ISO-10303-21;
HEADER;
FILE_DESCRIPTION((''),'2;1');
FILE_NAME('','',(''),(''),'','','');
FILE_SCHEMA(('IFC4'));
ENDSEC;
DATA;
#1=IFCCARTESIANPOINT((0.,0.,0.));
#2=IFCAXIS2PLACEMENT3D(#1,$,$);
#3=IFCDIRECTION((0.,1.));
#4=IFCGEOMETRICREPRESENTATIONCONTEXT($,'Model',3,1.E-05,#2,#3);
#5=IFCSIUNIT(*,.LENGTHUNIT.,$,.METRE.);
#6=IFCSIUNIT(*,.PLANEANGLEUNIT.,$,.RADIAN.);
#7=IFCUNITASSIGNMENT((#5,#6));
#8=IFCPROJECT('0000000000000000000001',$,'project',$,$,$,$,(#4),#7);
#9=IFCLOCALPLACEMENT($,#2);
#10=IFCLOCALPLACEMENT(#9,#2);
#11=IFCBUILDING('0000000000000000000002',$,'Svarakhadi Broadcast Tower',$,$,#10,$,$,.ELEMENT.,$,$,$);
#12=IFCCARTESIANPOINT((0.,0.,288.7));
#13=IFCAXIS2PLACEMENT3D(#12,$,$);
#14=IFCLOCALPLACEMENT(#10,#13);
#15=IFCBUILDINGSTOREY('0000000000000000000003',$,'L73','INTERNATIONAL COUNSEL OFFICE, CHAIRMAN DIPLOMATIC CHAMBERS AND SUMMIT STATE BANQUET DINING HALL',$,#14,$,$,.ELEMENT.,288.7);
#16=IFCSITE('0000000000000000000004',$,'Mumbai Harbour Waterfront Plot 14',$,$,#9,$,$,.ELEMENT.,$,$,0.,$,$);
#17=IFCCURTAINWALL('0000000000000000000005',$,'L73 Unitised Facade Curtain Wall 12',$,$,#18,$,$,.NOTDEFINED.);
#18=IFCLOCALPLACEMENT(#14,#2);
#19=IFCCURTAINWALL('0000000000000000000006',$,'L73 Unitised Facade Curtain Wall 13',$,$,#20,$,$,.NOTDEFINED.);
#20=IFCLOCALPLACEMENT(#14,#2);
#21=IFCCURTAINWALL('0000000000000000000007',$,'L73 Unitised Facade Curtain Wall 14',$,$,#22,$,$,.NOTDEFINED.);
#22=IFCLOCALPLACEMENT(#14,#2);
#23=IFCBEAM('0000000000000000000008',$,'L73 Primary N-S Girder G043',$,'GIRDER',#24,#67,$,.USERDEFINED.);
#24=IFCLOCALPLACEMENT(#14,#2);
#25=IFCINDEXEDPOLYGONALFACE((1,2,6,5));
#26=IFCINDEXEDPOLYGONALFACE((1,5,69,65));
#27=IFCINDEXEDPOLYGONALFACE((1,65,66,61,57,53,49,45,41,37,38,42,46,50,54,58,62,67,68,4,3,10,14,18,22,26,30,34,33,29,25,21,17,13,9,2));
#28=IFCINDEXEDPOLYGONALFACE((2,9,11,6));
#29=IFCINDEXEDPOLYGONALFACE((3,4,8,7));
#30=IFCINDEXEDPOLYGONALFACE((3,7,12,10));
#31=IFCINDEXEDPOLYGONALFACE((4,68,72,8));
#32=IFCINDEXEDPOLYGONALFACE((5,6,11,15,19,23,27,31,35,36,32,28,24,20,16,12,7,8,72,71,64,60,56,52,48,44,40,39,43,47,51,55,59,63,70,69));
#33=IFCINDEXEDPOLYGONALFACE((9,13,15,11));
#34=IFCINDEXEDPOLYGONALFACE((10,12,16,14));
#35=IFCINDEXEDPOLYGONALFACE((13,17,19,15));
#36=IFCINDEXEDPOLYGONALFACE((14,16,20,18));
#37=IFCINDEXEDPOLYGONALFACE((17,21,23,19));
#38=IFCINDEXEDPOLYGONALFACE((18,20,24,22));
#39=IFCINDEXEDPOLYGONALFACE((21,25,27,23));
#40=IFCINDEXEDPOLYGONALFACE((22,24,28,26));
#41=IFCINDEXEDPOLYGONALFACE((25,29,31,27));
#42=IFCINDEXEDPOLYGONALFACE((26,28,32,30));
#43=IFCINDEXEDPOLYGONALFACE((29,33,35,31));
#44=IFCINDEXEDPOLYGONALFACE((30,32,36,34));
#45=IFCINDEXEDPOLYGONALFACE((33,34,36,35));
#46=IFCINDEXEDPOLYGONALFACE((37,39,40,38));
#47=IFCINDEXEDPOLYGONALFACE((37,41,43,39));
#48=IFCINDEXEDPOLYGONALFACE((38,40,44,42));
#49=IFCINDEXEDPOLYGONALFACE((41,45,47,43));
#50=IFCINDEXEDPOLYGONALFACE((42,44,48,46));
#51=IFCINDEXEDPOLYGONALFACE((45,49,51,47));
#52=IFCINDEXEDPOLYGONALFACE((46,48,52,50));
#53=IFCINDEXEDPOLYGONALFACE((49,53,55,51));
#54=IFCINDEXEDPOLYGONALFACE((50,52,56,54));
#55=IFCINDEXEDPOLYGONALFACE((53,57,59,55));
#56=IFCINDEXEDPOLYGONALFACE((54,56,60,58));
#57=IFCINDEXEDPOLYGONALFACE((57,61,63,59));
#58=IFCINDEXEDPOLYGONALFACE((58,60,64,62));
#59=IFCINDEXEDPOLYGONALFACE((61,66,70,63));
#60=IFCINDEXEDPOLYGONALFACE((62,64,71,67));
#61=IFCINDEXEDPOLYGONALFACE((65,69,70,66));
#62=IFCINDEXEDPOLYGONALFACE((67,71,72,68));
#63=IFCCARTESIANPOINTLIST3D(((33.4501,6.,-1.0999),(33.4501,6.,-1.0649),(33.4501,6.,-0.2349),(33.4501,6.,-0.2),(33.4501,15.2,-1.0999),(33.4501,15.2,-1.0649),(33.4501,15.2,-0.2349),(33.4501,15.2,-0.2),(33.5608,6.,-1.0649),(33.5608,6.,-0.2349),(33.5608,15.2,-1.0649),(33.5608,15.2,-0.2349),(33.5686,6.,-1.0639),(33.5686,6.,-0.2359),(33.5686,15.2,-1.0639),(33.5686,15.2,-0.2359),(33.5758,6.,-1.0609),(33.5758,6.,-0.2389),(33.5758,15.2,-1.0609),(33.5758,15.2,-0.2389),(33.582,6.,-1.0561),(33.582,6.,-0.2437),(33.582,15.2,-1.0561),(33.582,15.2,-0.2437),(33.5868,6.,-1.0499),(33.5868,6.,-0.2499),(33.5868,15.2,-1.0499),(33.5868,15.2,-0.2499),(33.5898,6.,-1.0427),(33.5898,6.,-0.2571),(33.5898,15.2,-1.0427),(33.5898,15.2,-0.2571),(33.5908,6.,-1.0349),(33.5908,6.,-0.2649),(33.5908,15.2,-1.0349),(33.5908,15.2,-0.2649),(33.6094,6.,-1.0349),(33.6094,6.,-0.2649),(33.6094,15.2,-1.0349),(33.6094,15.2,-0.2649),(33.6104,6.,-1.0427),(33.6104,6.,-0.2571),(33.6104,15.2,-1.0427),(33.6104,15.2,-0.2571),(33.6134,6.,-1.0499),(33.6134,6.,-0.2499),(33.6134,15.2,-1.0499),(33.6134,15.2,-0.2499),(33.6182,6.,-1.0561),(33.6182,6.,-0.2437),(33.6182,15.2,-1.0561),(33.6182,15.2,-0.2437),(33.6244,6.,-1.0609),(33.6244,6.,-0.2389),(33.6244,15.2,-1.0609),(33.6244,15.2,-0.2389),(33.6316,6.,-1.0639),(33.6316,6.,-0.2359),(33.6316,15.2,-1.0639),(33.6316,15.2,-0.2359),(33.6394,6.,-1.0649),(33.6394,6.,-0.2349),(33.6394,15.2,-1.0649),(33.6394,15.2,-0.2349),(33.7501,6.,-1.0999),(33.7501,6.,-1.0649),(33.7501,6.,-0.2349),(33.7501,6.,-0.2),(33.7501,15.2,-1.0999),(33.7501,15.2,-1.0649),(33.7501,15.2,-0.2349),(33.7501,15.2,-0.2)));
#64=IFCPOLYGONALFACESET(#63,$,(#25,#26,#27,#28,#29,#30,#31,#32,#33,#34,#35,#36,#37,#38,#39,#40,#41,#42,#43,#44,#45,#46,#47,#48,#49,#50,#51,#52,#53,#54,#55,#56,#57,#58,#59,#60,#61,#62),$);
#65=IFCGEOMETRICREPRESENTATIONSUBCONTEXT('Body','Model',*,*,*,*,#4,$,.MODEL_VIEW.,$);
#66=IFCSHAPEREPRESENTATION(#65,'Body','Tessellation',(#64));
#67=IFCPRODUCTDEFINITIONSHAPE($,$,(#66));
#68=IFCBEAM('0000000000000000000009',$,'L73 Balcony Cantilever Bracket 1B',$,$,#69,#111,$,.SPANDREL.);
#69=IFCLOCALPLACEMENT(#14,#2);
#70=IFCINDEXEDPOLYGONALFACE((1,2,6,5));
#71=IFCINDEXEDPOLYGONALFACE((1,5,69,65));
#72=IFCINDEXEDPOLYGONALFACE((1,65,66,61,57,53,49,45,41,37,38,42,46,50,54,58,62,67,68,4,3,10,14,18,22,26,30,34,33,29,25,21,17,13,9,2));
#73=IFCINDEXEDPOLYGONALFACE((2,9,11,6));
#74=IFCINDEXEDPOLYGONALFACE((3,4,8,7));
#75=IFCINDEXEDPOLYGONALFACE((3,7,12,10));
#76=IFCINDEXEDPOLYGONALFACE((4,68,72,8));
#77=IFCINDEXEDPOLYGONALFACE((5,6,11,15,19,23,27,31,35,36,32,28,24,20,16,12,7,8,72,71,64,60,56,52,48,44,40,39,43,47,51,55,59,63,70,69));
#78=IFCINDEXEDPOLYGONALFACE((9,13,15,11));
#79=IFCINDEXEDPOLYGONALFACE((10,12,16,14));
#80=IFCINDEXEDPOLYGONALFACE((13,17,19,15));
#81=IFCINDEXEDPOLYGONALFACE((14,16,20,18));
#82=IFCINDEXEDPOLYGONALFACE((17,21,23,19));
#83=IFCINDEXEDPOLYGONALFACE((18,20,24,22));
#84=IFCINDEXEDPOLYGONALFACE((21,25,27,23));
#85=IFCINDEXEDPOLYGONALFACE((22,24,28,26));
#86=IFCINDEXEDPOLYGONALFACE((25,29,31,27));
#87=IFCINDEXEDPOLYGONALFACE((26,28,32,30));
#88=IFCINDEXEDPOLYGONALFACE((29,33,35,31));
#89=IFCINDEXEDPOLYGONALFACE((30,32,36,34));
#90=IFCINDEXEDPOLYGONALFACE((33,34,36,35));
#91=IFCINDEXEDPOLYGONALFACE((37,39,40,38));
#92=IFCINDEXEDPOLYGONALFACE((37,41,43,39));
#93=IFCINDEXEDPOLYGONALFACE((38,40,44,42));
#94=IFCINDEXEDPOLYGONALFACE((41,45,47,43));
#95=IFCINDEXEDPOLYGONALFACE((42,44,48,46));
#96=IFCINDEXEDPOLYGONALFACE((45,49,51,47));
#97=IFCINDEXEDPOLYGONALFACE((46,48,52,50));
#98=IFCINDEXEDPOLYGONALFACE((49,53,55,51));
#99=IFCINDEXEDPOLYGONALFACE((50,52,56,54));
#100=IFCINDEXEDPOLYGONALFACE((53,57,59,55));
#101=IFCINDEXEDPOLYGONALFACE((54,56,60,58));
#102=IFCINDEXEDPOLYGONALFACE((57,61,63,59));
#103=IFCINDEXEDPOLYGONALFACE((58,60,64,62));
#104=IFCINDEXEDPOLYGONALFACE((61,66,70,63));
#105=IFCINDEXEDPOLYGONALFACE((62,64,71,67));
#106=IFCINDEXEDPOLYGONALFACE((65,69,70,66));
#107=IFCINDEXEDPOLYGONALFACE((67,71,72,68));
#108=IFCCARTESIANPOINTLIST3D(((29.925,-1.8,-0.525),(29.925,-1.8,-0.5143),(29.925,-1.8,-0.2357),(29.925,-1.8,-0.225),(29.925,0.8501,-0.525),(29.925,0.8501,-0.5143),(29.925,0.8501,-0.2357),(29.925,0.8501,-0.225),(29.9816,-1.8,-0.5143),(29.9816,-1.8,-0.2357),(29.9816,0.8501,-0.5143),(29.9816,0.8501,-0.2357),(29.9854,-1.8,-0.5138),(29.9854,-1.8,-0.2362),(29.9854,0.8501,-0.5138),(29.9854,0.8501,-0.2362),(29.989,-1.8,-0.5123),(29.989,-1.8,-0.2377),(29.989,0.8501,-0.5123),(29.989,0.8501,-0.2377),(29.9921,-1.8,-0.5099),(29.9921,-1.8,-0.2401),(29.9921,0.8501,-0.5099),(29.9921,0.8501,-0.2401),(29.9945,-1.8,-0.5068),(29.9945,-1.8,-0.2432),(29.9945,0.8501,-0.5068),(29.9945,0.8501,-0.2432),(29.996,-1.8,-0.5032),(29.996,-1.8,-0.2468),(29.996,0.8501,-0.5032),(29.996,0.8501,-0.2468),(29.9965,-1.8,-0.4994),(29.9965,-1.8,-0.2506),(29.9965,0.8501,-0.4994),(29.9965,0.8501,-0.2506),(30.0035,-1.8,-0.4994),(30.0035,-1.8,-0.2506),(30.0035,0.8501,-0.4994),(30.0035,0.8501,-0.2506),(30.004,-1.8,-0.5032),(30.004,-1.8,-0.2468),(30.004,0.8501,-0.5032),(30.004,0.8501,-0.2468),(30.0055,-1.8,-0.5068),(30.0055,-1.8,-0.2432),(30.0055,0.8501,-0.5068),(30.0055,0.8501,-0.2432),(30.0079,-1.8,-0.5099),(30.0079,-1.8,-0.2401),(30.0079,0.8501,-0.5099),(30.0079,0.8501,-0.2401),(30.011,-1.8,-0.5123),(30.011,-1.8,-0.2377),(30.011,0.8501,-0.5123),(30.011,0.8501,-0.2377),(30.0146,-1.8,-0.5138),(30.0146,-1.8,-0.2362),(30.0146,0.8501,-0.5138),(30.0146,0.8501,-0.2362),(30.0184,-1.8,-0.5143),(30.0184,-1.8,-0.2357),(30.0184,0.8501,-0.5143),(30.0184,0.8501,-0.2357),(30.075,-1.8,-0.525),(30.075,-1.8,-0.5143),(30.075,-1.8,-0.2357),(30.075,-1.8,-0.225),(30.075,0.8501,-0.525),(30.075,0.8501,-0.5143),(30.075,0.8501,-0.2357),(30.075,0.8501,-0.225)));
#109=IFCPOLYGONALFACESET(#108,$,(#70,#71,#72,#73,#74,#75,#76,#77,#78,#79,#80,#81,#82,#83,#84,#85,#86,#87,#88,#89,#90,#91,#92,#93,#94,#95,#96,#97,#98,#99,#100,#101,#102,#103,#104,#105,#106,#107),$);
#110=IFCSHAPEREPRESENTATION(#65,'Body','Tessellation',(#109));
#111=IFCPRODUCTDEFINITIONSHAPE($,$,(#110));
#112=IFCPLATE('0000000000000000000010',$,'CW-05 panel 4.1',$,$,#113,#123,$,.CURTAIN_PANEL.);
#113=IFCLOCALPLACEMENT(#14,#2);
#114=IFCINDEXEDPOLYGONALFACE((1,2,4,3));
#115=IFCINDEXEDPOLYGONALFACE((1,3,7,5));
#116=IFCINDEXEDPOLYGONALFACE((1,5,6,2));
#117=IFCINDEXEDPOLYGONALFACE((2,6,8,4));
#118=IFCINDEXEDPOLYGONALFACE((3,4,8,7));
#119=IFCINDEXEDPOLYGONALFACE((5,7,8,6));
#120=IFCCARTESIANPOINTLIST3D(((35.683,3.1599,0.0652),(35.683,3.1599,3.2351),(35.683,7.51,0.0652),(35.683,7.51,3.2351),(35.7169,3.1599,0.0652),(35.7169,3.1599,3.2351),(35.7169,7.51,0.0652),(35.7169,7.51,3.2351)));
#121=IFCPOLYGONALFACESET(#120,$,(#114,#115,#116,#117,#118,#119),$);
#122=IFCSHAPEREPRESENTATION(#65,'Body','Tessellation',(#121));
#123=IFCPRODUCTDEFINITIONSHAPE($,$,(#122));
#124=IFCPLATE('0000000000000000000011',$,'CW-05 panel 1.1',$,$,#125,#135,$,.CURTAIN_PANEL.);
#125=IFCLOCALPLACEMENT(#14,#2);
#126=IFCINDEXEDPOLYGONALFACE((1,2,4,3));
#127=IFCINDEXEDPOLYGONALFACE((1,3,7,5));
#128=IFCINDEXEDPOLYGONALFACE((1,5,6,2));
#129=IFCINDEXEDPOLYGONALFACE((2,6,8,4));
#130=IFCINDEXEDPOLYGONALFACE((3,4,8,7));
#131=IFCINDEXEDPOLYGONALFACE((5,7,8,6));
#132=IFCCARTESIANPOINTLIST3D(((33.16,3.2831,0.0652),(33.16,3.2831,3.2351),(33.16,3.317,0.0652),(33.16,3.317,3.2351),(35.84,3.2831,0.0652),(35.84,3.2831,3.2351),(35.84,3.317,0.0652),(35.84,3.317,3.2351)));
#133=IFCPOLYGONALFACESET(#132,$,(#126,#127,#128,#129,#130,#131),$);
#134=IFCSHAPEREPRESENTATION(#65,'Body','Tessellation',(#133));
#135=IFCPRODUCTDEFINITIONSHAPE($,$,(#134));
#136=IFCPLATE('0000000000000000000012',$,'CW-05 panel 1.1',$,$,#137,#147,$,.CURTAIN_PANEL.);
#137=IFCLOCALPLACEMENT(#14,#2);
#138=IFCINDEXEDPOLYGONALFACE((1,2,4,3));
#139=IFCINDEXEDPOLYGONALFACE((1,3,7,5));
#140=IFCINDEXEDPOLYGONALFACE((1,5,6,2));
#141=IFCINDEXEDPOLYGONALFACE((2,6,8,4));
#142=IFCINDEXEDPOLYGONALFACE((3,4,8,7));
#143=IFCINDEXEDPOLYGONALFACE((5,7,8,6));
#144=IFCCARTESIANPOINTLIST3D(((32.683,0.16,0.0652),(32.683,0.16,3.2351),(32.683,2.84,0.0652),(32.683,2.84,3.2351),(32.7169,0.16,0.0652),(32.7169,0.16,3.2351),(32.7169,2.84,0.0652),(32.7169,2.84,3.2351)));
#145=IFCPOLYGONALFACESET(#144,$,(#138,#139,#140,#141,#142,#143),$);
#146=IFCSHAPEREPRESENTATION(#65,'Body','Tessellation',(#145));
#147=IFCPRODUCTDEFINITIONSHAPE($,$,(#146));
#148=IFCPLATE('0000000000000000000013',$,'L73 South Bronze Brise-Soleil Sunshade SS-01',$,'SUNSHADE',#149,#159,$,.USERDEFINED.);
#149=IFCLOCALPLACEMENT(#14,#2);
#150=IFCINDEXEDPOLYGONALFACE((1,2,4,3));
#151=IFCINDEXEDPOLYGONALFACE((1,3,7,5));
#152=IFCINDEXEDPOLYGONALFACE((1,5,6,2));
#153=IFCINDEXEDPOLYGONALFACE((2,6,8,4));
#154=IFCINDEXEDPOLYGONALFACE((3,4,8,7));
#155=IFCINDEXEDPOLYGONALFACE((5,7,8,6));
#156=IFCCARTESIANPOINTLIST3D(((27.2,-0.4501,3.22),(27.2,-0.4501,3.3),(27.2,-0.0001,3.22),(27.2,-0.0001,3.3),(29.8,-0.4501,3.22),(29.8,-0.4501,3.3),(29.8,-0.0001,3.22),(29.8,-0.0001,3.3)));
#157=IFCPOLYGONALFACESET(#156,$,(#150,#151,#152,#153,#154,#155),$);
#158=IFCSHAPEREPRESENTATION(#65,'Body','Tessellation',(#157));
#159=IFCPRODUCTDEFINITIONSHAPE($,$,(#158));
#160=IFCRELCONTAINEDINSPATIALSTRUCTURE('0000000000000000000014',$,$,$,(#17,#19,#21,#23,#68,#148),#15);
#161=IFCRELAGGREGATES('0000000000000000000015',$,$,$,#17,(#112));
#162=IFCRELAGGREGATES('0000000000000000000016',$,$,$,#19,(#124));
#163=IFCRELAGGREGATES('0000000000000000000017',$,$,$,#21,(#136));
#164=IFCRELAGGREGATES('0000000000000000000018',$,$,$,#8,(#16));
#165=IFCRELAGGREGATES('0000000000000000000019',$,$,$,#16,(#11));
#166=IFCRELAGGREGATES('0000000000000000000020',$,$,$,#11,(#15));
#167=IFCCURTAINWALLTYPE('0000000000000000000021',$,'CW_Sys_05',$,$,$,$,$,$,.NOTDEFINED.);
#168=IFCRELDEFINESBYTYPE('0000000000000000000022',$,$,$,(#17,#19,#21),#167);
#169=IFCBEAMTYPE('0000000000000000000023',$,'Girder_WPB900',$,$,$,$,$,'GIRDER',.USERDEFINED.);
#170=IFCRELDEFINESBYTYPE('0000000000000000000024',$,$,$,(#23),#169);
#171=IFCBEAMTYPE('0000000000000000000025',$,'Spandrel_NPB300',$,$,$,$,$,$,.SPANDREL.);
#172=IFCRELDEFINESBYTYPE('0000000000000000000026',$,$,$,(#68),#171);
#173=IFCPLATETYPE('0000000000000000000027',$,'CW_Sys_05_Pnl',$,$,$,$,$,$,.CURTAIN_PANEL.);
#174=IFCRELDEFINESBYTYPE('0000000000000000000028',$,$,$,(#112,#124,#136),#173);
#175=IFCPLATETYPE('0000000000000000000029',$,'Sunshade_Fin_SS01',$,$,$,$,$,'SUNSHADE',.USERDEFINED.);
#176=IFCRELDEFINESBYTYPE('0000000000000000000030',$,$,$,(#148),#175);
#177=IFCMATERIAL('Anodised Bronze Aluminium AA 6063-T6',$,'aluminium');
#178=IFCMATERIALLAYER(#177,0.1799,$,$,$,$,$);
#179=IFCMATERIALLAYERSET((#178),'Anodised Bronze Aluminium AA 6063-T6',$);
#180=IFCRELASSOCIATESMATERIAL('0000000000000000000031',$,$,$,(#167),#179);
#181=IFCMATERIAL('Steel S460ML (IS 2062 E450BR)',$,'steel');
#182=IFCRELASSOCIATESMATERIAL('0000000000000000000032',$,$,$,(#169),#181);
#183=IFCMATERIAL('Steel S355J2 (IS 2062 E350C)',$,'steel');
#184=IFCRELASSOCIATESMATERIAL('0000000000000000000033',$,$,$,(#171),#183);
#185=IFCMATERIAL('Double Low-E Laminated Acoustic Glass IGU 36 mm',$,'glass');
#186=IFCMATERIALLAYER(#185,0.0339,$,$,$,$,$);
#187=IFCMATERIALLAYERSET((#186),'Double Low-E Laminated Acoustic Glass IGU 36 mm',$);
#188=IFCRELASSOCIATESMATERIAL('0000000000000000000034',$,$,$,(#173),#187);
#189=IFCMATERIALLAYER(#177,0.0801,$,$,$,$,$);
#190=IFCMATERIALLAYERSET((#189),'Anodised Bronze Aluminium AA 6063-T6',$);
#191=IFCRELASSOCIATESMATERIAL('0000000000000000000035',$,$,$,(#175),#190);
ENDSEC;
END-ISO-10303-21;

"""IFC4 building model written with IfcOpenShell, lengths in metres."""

from ifc_helpers import new_model, si_unit, direction, frame, origin, origin_2d, place, context, subcontext, project, spatial, rectangle, i_section, extrude, material, layer, layer_set, material_profile, profile_set, type_object, element, aggregate, save


model = new_model("IFC4")

# Units and contexts
model_context = context("Model", 3, precision=1e-05, world=origin(), true_north=direction((0.0, 1.0)))
body_context = subcontext(model_context, "Body", "Model", "MODEL_VIEW")
ifc_project = project(units=[si_unit("LENGTHUNIT", "METRE"), si_unit("PLANEANGLEUNIT", "RADIAN")], contexts=[model_context])

# Site, building, storey
site_placement = place(None, origin())
site = spatial("IfcSite", under=ifc_project, at=site_placement, Name="Mumbai Harbour Waterfront Plot 14", CompositionType="ELEMENT", RefElevation=0.0)
building_placement = place(site_placement, origin())
building = spatial("IfcBuilding", under=site, at=building_placement, Name="Svarakhadi Broadcast Tower", CompositionType="ELEMENT")
storey_placement = place(building_placement, frame((0.0, 0.0, 288.7)))
storey = spatial("IfcBuildingStorey", under=building, at=storey_placement, Name="L73", Description="INTERNATIONAL COUNSEL OFFICE, CHAIRMAN DIPLOMATIC CHAMBERS AND SUMMIT STATE BANQUET DINING HALL", CompositionType="ELEMENT", Elevation=288.7)

# Shared definitions
ifc_material_1 = material(Name="Steel S460ML (IS 2062 E450BR)", Category="steel")

# Curtain wall
ifc_material_2 = material(Name="Anodised Bronze Aluminium AA 6063-T6", Category="aluminium")
ifc_layer_1 = layer(ifc_material_2, 0.1799)
ifc_layer_set_1 = layer_set([ifc_layer_1], Name="Anodised Bronze Aluminium AA 6063-T6")
curtain_wall_type = type_object("IfcCurtainWallType", Name="CW_Sys_05", PredefinedType="NOTDEFINED", material=ifc_layer_set_1)
curtain_wall_1_placement = place(storey_placement, origin())
curtain_wall_1 = element("IfcCurtainWall", 1, at=curtain_wall_1_placement, inside=storey, type_object=curtain_wall_type, Name="L73 Unitised Facade Curtain Wall 12", PredefinedType="NOTDEFINED")

# Curtain walls
curtain_wall_2_placement = place(storey_placement, origin())
curtain_wall_2 = element("IfcCurtainWall", 2, at=curtain_wall_2_placement, inside=storey, type_object=curtain_wall_type, Name="L73 Unitised Facade Curtain Wall 13", PredefinedType="NOTDEFINED")
curtain_wall_3_placement = place(storey_placement, origin())
curtain_wall_3 = element("IfcCurtainWall", 3, at=curtain_wall_3_placement, inside=storey, type_object=curtain_wall_type, Name="L73 Unitised Facade Curtain Wall 14", PredefinedType="NOTDEFINED")

# Beams
ifc_material_3 = material(Name="Steel S355J2 (IS 2062 E350C)", Category="steel")
ifc_material_profile_1 = material_profile(ifc_material_1, i_section(OverallWidth=0.3, OverallDepth=0.8999, WebThickness=0.0186, FlangeThickness=0.0349, FilletRadius=0.03, at=origin_2d()), Name="WPB 900x300x291")
ifc_profile_set_1 = profile_set([ifc_material_profile_1], Name="Steel S460ML (IS 2062 E450BR)")
beam_type_1 = type_object("IfcBeamType", Name="Girder_WPB900", ElementType="GIRDER", PredefinedType="USERDEFINED", material=ifc_profile_set_1)
beam_1_placement = place(storey_placement, frame((33.6001, 6.0, -0.6499), z_axis=(0.0, 1.0, 0.0), x_axis=(-1.0, 0.0, 0.0)))
element("IfcBeam", 4, at=beam_1_placement, inside=storey, type_object=beam_type_1, Name="L73 Primary N-S Girder G043", ObjectType="GIRDER", PredefinedType="USERDEFINED", context=body_context, shape_type="SweptSolid", body=[
    extrude(i_section(OverallWidth=0.3, OverallDepth=0.8999, WebThickness=0.0186, FlangeThickness=0.0349, FilletRadius=0.03, at=origin_2d()), origin(), (0.0, 0.0, 1.0), 9.2),
])
ifc_material_profile_2 = material_profile(ifc_material_3, i_section(OverallWidth=0.1499, OverallDepth=0.3, WebThickness=0.0071, FlangeThickness=0.0107, FilletRadius=0.0149, at=origin_2d()), Name="NPB 300x150x37")
ifc_profile_set_2 = profile_set([ifc_material_profile_2], Name="Steel S355J2 (IS 2062 E350C)")
beam_type_2 = type_object("IfcBeamType", Name="Spandrel_NPB300", PredefinedType="SPANDREL", material=ifc_profile_set_2)
beam_2_placement = place(storey_placement, frame((30.0, 0.8501, -0.375), z_axis=(0.0, -1.0, 0.0), x_axis=(1.0, 0.0, 0.0)))
element("IfcBeam", 5, at=beam_2_placement, inside=storey, type_object=beam_type_2, Name="L73 Balcony Cantilever Bracket 1B", PredefinedType="SPANDREL", context=body_context, shape_type="SweptSolid", body=[
    extrude(i_section(OverallWidth=0.1499, OverallDepth=0.3, WebThickness=0.0071, FlangeThickness=0.0107, FilletRadius=0.0149, at=origin_2d()), origin(), (0.0, 0.0, 1.0), 2.6501),
])

# Plates
ifc_material_4 = material(Name="Double Low-E Laminated Acoustic Glass IGU 36 mm", Category="glass")
ifc_layer_2 = layer(ifc_material_4, 0.0339)
ifc_layer_set_2 = layer_set([ifc_layer_2], Name="Double Low-E Laminated Acoustic Glass IGU 36 mm")
plate_type_1 = type_object("IfcPlateType", Name="CW_Sys_05_Pnl", PredefinedType="CURTAIN_PANEL", material=ifc_layer_set_2)
plate_1_placement = place(storey_placement, frame((35.7, 5.335, 0.0652), z_axis=(0.0, 0.0, 1.0), x_axis=(0.0, -1.0, 0.0)))
plate_1 = element("IfcPlate", 6, at=plate_1_placement, type_object=plate_type_1, Name="CW-05 panel 4.1", PredefinedType="CURTAIN_PANEL", context=body_context, shape_type="SweptSolid", body=[
    extrude(rectangle(XDim=4.3501, YDim=0.0339, at=origin_2d()), origin(), (0.0, 0.0, 1.0), 3.1699),
])
aggregate(curtain_wall_1, [plate_1])
plate_2_placement = place(storey_placement, frame((34.5, 3.3, 0.0652), z_axis=(0.0, 0.0, 1.0), x_axis=(-1.0, 0.0, 0.0)))
plate_2 = element("IfcPlate", 7, at=plate_2_placement, type_object=plate_type_1, Name="CW-05 panel 1.1", PredefinedType="CURTAIN_PANEL", context=body_context, shape_type="SweptSolid", body=[
    extrude(rectangle(XDim=2.6799, YDim=0.0339, at=origin_2d()), origin(), (0.0, 0.0, 1.0), 3.1699),
])
aggregate(curtain_wall_2, [plate_2])
plate_3_placement = place(storey_placement, frame((32.7, 1.5, 0.0652), z_axis=(0.0, 0.0, 1.0), x_axis=(0.0, -1.0, 0.0)))
plate_3 = element("IfcPlate", 8, at=plate_3_placement, type_object=plate_type_1, Name="CW-05 panel 1.1", PredefinedType="CURTAIN_PANEL", context=body_context, shape_type="SweptSolid", body=[
    extrude(rectangle(XDim=2.6799, YDim=0.0339, at=origin_2d()), origin(), (0.0, 0.0, 1.0), 3.1699),
])
aggregate(curtain_wall_3, [plate_3])
ifc_layer_3 = layer(ifc_material_2, 0.0801)
ifc_layer_set_3 = layer_set([ifc_layer_3], Name="Anodised Bronze Aluminium AA 6063-T6")
plate_type_2 = type_object("IfcPlateType", Name="Sunshade_Fin_SS01", ElementType="SUNSHADE", PredefinedType="USERDEFINED", material=ifc_layer_set_3)
plate_4_placement = place(storey_placement, frame((28.5, -0.2251, 3.22), z_axis=(0.0, 0.0, 1.0), x_axis=(1.0, 0.0, 0.0)))
element("IfcPlate", 9, at=plate_4_placement, inside=storey, type_object=plate_type_2, Name="L73 South Bronze Brise-Soleil Sunshade SS-01", ObjectType="SUNSHADE", PredefinedType="USERDEFINED", context=body_context, shape_type="SweptSolid", body=[
    extrude(rectangle(XDim=2.6001, YDim=0.45, at=origin_2d()), origin(), (0.0, 0.0, 1.0), 0.0801),
])

save(model, "model.ifc")
